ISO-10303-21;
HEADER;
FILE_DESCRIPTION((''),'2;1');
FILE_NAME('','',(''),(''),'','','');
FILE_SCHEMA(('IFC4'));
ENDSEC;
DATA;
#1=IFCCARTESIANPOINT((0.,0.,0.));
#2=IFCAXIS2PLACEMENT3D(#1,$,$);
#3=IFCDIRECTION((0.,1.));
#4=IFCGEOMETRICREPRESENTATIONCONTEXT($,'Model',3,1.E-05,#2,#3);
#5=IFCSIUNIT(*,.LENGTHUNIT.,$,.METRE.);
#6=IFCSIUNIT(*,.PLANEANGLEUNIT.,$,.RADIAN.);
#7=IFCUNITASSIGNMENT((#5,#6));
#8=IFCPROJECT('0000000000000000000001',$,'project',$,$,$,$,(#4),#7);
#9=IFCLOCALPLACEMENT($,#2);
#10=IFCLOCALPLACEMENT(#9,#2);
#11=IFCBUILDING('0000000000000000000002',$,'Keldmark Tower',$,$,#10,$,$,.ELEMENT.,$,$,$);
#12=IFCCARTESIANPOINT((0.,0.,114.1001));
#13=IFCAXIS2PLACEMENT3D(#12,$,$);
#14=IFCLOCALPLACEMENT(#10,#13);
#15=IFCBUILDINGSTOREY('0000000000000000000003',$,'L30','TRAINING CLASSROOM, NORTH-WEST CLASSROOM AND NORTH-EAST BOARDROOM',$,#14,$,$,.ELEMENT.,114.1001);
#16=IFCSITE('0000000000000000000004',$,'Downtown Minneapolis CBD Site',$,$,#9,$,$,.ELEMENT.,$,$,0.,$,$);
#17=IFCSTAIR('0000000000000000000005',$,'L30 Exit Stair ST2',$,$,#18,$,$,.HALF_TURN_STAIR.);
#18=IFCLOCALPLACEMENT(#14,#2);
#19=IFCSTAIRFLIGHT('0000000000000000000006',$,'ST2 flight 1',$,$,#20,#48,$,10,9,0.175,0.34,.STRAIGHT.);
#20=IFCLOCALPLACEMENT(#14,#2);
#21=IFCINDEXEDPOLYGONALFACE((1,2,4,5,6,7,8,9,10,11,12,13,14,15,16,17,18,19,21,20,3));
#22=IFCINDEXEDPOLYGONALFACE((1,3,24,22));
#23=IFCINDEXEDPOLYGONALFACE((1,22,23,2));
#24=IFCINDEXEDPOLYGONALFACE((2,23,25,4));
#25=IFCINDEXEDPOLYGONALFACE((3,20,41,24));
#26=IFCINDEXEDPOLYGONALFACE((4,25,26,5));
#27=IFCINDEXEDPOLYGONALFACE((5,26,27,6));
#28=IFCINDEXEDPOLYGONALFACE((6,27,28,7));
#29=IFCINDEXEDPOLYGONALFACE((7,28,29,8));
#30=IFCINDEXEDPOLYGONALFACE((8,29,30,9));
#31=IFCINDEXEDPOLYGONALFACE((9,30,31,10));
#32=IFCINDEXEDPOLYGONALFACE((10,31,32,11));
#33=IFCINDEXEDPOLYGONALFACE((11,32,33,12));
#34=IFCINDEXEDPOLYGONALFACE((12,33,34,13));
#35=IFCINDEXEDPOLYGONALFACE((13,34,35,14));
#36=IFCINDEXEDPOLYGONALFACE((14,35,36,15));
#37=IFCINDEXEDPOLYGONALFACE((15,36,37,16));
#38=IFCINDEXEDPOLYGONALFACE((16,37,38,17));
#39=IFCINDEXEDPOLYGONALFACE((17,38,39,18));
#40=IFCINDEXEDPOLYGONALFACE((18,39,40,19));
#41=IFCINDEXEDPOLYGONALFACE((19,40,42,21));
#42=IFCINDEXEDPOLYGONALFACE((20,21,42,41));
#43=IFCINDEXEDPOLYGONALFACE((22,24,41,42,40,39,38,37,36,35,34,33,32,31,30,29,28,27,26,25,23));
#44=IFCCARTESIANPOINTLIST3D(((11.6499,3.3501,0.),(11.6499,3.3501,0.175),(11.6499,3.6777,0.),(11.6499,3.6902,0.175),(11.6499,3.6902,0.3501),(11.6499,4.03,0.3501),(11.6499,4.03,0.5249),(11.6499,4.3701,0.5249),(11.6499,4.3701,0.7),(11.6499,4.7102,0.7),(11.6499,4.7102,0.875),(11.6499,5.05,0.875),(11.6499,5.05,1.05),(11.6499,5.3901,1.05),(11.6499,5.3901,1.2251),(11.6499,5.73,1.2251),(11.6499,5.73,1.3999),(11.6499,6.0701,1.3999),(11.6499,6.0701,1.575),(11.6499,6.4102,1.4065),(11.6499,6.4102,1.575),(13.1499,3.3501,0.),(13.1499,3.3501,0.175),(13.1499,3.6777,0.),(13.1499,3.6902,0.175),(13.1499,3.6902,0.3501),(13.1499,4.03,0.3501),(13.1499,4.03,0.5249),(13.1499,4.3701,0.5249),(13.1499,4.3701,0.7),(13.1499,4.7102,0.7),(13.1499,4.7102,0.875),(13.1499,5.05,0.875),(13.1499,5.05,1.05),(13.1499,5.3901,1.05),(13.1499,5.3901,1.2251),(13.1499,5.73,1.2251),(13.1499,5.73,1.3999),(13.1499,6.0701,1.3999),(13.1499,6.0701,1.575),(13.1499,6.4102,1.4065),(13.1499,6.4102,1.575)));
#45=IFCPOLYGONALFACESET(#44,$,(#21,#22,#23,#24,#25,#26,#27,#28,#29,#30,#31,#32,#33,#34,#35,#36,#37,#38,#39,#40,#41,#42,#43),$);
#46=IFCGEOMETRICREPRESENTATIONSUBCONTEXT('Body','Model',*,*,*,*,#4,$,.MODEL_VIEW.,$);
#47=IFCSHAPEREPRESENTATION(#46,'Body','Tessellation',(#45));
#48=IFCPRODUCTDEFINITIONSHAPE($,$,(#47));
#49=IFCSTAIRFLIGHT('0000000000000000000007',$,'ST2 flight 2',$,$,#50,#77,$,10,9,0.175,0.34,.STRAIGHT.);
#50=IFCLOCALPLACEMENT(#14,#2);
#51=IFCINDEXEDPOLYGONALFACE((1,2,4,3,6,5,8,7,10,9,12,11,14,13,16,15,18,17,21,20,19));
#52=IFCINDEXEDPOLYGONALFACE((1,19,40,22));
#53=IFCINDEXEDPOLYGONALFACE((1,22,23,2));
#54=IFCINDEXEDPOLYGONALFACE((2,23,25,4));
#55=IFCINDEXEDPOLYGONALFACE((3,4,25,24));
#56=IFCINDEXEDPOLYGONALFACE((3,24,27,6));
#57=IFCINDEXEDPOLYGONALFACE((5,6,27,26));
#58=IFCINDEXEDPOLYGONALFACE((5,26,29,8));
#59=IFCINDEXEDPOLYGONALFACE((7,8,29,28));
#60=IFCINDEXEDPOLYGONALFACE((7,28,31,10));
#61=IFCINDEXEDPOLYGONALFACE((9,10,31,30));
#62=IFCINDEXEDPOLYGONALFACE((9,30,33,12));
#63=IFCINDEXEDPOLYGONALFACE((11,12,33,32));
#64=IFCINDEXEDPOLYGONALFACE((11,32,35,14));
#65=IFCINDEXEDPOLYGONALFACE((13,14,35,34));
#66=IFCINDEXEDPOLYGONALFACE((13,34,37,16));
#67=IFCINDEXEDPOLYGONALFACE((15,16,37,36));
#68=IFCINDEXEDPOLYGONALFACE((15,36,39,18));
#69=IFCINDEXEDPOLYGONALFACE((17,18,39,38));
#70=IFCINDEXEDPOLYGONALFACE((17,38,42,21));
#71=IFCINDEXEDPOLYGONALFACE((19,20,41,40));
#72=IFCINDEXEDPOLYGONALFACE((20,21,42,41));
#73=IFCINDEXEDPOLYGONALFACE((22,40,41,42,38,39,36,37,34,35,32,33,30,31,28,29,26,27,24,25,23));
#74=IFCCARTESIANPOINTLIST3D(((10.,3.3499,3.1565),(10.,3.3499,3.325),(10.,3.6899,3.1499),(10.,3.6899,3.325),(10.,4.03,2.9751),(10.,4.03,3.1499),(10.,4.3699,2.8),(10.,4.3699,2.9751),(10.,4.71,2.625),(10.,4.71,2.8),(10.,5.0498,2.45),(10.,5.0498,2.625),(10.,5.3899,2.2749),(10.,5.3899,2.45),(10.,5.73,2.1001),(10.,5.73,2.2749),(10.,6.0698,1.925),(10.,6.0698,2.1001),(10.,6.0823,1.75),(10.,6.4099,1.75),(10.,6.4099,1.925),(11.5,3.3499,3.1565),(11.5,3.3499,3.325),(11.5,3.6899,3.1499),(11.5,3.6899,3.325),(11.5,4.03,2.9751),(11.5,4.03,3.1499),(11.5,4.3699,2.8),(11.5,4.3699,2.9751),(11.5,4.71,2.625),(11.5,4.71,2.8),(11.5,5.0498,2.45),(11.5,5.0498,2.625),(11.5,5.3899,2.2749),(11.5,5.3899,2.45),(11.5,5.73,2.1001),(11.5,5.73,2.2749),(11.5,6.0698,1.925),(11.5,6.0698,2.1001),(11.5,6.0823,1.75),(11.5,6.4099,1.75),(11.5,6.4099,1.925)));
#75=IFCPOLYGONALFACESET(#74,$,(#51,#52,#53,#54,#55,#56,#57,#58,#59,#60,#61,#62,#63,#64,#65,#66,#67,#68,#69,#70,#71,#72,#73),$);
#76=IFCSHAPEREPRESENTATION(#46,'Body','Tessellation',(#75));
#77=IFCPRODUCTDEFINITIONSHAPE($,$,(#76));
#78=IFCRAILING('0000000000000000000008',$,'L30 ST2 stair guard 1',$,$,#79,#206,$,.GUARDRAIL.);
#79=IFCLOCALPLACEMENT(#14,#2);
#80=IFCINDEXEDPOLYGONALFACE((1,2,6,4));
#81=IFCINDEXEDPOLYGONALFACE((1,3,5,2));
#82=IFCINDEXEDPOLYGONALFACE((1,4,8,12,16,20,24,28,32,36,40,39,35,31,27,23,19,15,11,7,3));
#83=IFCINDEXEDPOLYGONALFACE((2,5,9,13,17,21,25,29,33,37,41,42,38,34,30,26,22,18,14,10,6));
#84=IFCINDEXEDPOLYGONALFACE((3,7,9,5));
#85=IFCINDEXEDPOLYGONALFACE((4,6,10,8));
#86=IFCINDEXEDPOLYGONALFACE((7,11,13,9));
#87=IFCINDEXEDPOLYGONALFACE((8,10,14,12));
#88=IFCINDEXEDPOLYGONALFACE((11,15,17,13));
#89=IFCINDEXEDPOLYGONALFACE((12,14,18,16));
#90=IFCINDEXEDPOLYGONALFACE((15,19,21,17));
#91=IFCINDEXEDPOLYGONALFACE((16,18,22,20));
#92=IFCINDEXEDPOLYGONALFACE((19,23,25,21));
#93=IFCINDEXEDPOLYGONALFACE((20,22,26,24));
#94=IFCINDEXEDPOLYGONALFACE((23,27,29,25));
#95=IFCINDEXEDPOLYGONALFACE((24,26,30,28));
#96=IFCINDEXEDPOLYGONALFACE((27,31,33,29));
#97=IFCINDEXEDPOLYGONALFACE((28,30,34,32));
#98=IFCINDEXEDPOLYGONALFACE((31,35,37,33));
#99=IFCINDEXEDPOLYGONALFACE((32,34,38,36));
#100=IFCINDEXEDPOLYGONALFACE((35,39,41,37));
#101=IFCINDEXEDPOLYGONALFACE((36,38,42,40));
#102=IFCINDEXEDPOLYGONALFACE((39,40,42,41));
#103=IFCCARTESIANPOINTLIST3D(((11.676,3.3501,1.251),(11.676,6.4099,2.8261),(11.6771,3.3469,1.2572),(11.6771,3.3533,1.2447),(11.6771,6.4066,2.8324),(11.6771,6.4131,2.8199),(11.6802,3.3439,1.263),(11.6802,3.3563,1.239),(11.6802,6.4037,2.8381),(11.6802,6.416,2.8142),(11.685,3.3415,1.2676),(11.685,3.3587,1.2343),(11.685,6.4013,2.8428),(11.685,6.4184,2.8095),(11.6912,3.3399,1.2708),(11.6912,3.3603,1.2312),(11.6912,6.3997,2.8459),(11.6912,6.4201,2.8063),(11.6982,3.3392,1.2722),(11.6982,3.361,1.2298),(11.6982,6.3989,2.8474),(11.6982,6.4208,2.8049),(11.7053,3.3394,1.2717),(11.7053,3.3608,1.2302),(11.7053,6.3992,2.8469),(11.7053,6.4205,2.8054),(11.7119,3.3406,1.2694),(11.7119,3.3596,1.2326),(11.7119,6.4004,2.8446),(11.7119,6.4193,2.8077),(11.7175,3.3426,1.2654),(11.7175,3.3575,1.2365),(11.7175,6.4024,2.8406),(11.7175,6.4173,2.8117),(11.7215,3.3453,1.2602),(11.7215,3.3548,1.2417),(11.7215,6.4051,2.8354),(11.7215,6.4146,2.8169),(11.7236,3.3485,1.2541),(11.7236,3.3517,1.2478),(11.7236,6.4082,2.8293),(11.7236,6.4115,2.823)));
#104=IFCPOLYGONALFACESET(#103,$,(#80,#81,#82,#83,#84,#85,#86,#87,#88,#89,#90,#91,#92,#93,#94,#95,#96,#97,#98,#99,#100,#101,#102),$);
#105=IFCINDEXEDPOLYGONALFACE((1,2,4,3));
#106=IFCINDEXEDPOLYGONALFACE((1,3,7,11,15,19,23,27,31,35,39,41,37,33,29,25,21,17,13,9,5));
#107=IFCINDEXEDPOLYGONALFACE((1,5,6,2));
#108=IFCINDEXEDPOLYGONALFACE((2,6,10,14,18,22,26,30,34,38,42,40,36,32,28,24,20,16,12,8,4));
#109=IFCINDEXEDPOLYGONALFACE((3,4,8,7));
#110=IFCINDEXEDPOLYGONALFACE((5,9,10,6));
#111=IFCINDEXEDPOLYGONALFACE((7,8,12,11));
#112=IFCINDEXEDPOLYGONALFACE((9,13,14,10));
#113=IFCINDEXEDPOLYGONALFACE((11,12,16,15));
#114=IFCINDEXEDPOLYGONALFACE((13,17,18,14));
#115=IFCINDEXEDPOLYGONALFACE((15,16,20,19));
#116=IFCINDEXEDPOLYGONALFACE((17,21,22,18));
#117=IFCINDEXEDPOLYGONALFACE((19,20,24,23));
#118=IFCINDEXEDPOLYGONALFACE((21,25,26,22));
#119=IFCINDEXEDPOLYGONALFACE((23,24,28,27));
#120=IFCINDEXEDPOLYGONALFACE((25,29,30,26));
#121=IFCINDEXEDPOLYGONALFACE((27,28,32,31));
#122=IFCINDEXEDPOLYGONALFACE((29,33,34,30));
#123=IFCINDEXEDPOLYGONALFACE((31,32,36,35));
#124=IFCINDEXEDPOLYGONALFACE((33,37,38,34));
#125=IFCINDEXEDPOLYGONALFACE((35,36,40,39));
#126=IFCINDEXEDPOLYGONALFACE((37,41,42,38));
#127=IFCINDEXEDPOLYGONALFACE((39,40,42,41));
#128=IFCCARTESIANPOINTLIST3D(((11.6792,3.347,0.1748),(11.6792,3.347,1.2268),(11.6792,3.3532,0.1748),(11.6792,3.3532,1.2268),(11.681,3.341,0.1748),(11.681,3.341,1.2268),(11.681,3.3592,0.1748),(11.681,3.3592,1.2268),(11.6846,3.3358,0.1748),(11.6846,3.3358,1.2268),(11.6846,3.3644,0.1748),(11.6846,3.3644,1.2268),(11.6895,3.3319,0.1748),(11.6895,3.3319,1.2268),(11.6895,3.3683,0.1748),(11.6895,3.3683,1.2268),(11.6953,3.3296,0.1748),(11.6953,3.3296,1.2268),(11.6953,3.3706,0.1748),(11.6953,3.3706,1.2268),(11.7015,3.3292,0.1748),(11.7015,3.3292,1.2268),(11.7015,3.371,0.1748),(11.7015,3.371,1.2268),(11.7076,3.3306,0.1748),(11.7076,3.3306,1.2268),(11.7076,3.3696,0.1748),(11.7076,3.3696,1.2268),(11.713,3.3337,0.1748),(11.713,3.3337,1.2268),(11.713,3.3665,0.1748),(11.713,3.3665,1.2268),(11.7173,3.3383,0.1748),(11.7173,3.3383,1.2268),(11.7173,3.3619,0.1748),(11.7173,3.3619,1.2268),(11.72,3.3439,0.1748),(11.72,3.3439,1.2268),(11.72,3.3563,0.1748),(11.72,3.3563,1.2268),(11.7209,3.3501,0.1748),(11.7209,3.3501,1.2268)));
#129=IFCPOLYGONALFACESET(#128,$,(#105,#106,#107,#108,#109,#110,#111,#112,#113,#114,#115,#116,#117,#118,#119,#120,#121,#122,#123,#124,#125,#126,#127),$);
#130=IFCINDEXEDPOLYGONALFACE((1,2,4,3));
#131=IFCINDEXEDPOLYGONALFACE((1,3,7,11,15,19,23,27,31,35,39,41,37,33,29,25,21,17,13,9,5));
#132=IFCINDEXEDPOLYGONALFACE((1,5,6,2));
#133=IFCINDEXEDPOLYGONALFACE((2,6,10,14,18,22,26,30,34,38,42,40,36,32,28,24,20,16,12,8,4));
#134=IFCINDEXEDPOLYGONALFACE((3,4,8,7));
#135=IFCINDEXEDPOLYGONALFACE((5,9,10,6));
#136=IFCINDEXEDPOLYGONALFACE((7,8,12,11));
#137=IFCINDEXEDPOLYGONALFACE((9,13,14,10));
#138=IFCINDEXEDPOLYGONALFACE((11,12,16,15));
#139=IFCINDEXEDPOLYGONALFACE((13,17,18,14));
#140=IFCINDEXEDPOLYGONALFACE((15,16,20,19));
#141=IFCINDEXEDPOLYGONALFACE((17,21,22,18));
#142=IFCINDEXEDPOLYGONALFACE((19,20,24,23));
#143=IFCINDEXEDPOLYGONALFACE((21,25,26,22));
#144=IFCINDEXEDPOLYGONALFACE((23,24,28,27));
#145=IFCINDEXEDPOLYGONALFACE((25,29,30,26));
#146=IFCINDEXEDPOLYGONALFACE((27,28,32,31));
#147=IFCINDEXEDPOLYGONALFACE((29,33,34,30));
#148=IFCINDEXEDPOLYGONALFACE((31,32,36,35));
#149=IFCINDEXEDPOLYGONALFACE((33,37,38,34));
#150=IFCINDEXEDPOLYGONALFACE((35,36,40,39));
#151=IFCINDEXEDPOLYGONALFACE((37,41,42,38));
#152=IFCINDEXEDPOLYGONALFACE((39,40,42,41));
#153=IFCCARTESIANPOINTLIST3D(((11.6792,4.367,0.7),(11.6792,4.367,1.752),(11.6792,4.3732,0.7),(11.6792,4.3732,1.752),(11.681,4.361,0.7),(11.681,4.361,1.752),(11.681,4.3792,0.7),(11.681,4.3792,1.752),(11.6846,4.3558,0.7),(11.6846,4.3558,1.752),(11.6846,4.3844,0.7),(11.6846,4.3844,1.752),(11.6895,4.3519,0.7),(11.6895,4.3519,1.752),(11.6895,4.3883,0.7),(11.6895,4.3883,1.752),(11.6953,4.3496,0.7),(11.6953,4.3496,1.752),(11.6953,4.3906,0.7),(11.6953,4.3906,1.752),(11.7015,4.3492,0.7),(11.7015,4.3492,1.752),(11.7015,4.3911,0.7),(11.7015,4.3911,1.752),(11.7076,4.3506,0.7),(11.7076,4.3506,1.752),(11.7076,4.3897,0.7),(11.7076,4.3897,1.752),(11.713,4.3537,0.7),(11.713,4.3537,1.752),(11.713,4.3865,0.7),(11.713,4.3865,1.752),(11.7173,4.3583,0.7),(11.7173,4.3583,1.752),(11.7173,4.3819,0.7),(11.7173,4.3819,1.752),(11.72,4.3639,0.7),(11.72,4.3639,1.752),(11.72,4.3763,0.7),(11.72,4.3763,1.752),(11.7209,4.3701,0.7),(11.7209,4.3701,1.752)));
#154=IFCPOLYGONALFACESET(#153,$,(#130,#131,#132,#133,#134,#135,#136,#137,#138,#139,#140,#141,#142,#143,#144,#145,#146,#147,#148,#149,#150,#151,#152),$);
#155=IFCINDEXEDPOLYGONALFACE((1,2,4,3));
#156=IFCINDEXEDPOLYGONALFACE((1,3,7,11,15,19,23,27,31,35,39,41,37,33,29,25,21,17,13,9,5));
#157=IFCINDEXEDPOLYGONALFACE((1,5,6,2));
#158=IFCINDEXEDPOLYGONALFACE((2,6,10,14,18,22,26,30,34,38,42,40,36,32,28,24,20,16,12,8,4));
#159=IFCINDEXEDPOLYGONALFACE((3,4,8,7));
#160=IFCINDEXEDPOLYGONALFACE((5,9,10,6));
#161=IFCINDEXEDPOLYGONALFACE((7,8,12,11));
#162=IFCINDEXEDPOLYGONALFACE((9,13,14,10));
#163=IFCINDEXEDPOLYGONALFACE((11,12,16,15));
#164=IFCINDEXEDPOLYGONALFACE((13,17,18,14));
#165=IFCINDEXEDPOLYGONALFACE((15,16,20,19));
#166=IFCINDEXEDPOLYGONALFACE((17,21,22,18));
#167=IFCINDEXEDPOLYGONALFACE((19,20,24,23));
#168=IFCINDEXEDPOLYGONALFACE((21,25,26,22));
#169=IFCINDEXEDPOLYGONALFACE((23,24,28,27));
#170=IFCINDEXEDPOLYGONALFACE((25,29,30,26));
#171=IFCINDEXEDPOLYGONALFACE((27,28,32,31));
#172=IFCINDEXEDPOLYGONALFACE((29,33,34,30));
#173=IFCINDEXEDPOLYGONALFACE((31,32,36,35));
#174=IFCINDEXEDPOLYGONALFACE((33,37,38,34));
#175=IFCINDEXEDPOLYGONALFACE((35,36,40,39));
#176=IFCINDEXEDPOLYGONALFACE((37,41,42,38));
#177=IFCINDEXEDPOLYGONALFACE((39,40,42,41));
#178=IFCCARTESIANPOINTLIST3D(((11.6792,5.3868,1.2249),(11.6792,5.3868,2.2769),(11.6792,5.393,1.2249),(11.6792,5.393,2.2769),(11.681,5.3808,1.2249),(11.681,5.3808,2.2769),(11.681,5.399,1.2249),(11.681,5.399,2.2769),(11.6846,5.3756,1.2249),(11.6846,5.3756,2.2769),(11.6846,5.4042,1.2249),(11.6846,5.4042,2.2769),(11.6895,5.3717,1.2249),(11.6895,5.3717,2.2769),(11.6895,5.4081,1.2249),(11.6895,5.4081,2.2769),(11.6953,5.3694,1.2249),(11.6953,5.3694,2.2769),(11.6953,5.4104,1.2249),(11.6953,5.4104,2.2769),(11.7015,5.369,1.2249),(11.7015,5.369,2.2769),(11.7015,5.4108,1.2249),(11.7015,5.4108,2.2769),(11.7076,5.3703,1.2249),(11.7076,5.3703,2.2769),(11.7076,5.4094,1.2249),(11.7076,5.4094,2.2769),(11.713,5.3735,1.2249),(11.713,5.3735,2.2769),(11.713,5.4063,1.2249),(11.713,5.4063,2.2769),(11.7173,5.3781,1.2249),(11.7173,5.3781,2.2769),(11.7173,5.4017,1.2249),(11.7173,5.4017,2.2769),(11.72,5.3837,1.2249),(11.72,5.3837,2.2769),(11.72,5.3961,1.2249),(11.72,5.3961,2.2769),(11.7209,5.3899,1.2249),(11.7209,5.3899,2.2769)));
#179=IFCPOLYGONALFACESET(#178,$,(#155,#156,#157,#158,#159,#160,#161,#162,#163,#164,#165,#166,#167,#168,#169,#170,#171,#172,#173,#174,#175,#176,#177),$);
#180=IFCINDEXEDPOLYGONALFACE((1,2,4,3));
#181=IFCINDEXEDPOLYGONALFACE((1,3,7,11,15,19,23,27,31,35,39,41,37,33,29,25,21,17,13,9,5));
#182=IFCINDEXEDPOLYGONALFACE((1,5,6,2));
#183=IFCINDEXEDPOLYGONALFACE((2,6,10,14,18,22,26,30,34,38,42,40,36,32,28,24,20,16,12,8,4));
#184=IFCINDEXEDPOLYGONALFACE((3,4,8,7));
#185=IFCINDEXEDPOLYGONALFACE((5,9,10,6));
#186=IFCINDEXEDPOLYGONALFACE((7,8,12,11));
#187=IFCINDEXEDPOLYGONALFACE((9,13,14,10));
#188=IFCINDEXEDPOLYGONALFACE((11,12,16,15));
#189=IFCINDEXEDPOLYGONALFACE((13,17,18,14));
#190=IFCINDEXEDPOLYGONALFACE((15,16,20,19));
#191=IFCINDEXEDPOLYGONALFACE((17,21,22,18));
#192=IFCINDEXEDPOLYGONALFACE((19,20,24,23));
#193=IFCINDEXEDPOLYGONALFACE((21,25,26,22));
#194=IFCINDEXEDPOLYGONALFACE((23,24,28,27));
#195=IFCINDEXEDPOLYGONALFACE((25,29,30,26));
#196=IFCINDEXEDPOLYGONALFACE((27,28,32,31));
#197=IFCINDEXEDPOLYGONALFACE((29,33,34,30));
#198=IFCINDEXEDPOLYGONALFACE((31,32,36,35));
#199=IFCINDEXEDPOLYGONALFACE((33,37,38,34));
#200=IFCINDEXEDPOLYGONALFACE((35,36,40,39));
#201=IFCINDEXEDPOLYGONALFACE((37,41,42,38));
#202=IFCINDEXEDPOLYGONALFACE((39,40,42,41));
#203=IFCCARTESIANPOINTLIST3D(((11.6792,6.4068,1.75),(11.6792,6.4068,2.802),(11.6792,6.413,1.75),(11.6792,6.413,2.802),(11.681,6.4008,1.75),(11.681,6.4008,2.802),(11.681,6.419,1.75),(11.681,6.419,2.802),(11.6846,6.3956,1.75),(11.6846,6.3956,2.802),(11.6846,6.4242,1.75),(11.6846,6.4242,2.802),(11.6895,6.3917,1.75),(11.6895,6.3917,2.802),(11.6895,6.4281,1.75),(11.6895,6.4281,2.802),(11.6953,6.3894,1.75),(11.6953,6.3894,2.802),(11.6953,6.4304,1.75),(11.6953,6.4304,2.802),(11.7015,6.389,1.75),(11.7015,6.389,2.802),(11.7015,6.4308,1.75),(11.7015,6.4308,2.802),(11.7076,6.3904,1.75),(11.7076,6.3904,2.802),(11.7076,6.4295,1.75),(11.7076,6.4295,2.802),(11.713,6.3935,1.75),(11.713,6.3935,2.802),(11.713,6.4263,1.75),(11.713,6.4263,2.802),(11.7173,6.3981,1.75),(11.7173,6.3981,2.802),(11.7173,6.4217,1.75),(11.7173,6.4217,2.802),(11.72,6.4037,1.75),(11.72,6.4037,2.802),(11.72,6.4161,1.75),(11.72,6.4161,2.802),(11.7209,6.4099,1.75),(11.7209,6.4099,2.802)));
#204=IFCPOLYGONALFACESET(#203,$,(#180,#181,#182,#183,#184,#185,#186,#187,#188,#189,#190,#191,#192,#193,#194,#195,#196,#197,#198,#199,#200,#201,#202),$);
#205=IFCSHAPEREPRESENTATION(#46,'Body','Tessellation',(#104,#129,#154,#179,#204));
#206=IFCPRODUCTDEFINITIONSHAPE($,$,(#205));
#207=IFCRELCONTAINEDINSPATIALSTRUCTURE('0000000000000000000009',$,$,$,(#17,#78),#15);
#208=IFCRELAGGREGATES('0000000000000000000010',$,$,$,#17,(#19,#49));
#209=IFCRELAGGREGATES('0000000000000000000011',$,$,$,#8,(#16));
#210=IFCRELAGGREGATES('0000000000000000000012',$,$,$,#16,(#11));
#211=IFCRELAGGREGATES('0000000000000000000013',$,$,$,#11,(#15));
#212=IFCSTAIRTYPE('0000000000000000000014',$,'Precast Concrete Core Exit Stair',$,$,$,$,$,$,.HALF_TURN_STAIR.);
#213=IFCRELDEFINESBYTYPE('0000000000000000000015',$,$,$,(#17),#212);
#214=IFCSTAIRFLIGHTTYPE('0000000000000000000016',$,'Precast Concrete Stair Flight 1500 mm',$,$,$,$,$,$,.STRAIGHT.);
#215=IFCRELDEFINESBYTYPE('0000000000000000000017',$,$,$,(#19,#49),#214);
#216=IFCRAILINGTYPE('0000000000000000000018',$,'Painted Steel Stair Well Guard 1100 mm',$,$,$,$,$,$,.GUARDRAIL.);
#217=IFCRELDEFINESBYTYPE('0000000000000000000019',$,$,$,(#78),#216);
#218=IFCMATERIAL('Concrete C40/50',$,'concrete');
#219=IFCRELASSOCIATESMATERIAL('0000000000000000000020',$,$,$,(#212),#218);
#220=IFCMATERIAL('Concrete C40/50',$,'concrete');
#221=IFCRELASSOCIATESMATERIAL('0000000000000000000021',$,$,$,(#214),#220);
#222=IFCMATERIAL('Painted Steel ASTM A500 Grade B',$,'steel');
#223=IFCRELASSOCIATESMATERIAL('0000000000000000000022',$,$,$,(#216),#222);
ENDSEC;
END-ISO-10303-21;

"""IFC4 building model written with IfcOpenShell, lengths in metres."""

from ifc_helpers import new_model, si_unit, direction, frame, origin, origin_2d, place, context, subcontext, project, spatial, polyline, circle, outline, extrude, material, type_object, element, aggregate, save


model = new_model("IFC4")

# Units and contexts
model_context = context("Model", 3, precision=1e-05, world=origin(), true_north=direction((0.0, 1.0)))
body_context = subcontext(model_context, "Body", "Model", "MODEL_VIEW")
ifc_project = project(units=[si_unit("LENGTHUNIT", "METRE"), si_unit("PLANEANGLEUNIT", "RADIAN")], contexts=[model_context])

# Site, building, storey
site_placement = place(None, origin())
site = spatial("IfcSite", under=ifc_project, at=site_placement, Name="Downtown Minneapolis CBD Site", CompositionType="ELEMENT", RefElevation=0.0)
building_placement = place(site_placement, origin())
building = spatial("IfcBuilding", under=site, at=building_placement, Name="Keldmark Tower", CompositionType="ELEMENT")
storey_placement = place(building_placement, frame((0.0, 0.0, 114.1001)))
storey = spatial("IfcBuildingStorey", under=building, at=storey_placement, Name="L30", Description="TRAINING CLASSROOM, NORTH-WEST CLASSROOM AND NORTH-EAST BOARDROOM", CompositionType="ELEMENT", Elevation=114.1001)

# Stair, stair flights
ifc_material_1 = material(Name="Concrete C40/50", Category="concrete")
stair_type = type_object("IfcStairType", Name="Precast Concrete Core Exit Stair", PredefinedType="HALF_TURN_STAIR", material=ifc_material_1)
stair_placement = place(storey_placement, origin())
stair = element("IfcStair", 1, at=stair_placement, inside=storey, type_object=stair_type, Name="L30 Exit Stair ST2", PredefinedType="HALF_TURN_STAIR")
ifc_material_2 = material(Name="Concrete C40/50", Category="concrete")
stair_flight_type = type_object("IfcStairFlightType", Name="Precast Concrete Stair Flight 1500 mm", PredefinedType="STRAIGHT", material=ifc_material_2)
stair_flight_1_placement = place(storey_placement, frame((12.3999, 3.3501, 0.0), z_axis=(0.0, 0.0, 1.0), x_axis=(0.0, 1.0, 0.0)))
stair_flight_1 = element("IfcStairFlight", 2, at=stair_flight_1_placement, type_object=stair_flight_type, Name="ST2 flight 1", NumberOfRisers=10, NumberOfTreads=9, PredefinedType="STRAIGHT", RiserHeight=0.175, TreadLength=0.34, context=body_context, shape_type="SweptSolid", body=[
    extrude(outline(polyline([(0.0, 0.0), (0.0, 0.175), (0.3401, 0.175), (0.3401, 0.3501), (0.6799, 0.3501), (0.6799, 0.5249), (1.02, 0.5249), (1.02, 0.7), (1.3601, 0.7), (1.3601, 0.875), (1.7, 0.875), (1.7, 1.05), (2.04, 1.05), (2.04, 1.2251), (2.3799, 1.2251), (2.3799, 1.3999), (2.72, 1.3999), (2.72, 1.575), (3.0601, 1.575), (3.0601, 1.75), (3.0601, 1.4065), (0.3276, 0.0), (0.0, 0.0)])), frame((0.0, 0.75, 0.0), z_axis=(0.0, -1.0, 0.0), x_axis=(1.0, 0.0, 0.0)), (0.0, 0.0, 1.0), 1.5),
])
stair_flight_2_placement = place(storey_placement, frame((10.75, 6.4099, 1.75), z_axis=(0.0, 0.0, 1.0), x_axis=(0.0, -1.0, 0.0)))
stair_flight_2 = element("IfcStairFlight", 3, at=stair_flight_2_placement, type_object=stair_flight_type, Name="ST2 flight 2", NumberOfRisers=10, NumberOfTreads=9, PredefinedType="STRAIGHT", RiserHeight=0.175, TreadLength=0.34, context=body_context, shape_type="SweptSolid", body=[
    extrude(outline(polyline([(0.0, 0.0), (0.0, 0.175), (0.3401, 0.175), (0.3401, 0.3501), (0.6799, 0.3501), (0.6799, 0.5249), (1.02, 0.5249), (1.02, 0.7), (1.3601, 0.7), (1.3601, 0.875), (1.7, 0.875), (1.7, 1.05), (2.04, 1.05), (2.04, 1.2251), (2.3799, 1.2251), (2.3799, 1.3999), (2.72, 1.3999), (2.72, 1.575), (3.0601, 1.575), (3.0601, 1.75), (3.0601, 1.4065), (0.3276, 0.0), (0.0, 0.0)])), frame((0.0, 0.75, 0.0), z_axis=(0.0, -1.0, 0.0), x_axis=(1.0, 0.0, 0.0)), (0.0, 0.0, 1.0), 1.5),
])
aggregate(stair, [stair_flight_1, stair_flight_2])

# Railing
ifc_material_3 = material(Name="Painted Steel ASTM A500 Grade B", Category="steel")
railing_type_1 = type_object("IfcRailingType", Name="Painted Steel Stair Well Guard 1100 mm", PredefinedType="GUARDRAIL", material=ifc_material_3)
railing_1_placement = place(storey_placement, frame((11.7, 3.3501, 0.1748)))
element("IfcRailing", 4, at=railing_1_placement, inside=storey, type_object=railing_type_1, Name="L30 ST2 stair guard 1", PredefinedType="GUARDRAIL", context=body_context, shape_type="SweptSolid", body=[
    extrude(circle(Radius=0.0239, at=origin_2d()), frame((0.0, 0.0, 1.0762), z_axis=(0.0, 0.889101, 0.45771), x_axis=(-1.0, 0.0, 0.0)), (0.0, 0.0, 1.0), 3.4414),
    extrude(circle(Radius=0.021, at=origin_2d()), origin(), (0.0, 0.0, 1.0), 1.052),
    extrude(circle(Radius=0.021, at=origin_2d()), frame((0.0, 1.02, 0.5251)), (0.0, 0.0, 1.0), 1.052),
    extrude(circle(Radius=0.021, at=origin_2d()), frame((0.0, 2.0398, 1.05)), (0.0, 0.0, 1.0), 1.052),
    extrude(circle(Radius=0.021, at=origin_2d()), frame((0.0, 3.0598, 1.5752)), (0.0, 0.0, 1.0), 1.052),
])

save(model, "model.ifc")
